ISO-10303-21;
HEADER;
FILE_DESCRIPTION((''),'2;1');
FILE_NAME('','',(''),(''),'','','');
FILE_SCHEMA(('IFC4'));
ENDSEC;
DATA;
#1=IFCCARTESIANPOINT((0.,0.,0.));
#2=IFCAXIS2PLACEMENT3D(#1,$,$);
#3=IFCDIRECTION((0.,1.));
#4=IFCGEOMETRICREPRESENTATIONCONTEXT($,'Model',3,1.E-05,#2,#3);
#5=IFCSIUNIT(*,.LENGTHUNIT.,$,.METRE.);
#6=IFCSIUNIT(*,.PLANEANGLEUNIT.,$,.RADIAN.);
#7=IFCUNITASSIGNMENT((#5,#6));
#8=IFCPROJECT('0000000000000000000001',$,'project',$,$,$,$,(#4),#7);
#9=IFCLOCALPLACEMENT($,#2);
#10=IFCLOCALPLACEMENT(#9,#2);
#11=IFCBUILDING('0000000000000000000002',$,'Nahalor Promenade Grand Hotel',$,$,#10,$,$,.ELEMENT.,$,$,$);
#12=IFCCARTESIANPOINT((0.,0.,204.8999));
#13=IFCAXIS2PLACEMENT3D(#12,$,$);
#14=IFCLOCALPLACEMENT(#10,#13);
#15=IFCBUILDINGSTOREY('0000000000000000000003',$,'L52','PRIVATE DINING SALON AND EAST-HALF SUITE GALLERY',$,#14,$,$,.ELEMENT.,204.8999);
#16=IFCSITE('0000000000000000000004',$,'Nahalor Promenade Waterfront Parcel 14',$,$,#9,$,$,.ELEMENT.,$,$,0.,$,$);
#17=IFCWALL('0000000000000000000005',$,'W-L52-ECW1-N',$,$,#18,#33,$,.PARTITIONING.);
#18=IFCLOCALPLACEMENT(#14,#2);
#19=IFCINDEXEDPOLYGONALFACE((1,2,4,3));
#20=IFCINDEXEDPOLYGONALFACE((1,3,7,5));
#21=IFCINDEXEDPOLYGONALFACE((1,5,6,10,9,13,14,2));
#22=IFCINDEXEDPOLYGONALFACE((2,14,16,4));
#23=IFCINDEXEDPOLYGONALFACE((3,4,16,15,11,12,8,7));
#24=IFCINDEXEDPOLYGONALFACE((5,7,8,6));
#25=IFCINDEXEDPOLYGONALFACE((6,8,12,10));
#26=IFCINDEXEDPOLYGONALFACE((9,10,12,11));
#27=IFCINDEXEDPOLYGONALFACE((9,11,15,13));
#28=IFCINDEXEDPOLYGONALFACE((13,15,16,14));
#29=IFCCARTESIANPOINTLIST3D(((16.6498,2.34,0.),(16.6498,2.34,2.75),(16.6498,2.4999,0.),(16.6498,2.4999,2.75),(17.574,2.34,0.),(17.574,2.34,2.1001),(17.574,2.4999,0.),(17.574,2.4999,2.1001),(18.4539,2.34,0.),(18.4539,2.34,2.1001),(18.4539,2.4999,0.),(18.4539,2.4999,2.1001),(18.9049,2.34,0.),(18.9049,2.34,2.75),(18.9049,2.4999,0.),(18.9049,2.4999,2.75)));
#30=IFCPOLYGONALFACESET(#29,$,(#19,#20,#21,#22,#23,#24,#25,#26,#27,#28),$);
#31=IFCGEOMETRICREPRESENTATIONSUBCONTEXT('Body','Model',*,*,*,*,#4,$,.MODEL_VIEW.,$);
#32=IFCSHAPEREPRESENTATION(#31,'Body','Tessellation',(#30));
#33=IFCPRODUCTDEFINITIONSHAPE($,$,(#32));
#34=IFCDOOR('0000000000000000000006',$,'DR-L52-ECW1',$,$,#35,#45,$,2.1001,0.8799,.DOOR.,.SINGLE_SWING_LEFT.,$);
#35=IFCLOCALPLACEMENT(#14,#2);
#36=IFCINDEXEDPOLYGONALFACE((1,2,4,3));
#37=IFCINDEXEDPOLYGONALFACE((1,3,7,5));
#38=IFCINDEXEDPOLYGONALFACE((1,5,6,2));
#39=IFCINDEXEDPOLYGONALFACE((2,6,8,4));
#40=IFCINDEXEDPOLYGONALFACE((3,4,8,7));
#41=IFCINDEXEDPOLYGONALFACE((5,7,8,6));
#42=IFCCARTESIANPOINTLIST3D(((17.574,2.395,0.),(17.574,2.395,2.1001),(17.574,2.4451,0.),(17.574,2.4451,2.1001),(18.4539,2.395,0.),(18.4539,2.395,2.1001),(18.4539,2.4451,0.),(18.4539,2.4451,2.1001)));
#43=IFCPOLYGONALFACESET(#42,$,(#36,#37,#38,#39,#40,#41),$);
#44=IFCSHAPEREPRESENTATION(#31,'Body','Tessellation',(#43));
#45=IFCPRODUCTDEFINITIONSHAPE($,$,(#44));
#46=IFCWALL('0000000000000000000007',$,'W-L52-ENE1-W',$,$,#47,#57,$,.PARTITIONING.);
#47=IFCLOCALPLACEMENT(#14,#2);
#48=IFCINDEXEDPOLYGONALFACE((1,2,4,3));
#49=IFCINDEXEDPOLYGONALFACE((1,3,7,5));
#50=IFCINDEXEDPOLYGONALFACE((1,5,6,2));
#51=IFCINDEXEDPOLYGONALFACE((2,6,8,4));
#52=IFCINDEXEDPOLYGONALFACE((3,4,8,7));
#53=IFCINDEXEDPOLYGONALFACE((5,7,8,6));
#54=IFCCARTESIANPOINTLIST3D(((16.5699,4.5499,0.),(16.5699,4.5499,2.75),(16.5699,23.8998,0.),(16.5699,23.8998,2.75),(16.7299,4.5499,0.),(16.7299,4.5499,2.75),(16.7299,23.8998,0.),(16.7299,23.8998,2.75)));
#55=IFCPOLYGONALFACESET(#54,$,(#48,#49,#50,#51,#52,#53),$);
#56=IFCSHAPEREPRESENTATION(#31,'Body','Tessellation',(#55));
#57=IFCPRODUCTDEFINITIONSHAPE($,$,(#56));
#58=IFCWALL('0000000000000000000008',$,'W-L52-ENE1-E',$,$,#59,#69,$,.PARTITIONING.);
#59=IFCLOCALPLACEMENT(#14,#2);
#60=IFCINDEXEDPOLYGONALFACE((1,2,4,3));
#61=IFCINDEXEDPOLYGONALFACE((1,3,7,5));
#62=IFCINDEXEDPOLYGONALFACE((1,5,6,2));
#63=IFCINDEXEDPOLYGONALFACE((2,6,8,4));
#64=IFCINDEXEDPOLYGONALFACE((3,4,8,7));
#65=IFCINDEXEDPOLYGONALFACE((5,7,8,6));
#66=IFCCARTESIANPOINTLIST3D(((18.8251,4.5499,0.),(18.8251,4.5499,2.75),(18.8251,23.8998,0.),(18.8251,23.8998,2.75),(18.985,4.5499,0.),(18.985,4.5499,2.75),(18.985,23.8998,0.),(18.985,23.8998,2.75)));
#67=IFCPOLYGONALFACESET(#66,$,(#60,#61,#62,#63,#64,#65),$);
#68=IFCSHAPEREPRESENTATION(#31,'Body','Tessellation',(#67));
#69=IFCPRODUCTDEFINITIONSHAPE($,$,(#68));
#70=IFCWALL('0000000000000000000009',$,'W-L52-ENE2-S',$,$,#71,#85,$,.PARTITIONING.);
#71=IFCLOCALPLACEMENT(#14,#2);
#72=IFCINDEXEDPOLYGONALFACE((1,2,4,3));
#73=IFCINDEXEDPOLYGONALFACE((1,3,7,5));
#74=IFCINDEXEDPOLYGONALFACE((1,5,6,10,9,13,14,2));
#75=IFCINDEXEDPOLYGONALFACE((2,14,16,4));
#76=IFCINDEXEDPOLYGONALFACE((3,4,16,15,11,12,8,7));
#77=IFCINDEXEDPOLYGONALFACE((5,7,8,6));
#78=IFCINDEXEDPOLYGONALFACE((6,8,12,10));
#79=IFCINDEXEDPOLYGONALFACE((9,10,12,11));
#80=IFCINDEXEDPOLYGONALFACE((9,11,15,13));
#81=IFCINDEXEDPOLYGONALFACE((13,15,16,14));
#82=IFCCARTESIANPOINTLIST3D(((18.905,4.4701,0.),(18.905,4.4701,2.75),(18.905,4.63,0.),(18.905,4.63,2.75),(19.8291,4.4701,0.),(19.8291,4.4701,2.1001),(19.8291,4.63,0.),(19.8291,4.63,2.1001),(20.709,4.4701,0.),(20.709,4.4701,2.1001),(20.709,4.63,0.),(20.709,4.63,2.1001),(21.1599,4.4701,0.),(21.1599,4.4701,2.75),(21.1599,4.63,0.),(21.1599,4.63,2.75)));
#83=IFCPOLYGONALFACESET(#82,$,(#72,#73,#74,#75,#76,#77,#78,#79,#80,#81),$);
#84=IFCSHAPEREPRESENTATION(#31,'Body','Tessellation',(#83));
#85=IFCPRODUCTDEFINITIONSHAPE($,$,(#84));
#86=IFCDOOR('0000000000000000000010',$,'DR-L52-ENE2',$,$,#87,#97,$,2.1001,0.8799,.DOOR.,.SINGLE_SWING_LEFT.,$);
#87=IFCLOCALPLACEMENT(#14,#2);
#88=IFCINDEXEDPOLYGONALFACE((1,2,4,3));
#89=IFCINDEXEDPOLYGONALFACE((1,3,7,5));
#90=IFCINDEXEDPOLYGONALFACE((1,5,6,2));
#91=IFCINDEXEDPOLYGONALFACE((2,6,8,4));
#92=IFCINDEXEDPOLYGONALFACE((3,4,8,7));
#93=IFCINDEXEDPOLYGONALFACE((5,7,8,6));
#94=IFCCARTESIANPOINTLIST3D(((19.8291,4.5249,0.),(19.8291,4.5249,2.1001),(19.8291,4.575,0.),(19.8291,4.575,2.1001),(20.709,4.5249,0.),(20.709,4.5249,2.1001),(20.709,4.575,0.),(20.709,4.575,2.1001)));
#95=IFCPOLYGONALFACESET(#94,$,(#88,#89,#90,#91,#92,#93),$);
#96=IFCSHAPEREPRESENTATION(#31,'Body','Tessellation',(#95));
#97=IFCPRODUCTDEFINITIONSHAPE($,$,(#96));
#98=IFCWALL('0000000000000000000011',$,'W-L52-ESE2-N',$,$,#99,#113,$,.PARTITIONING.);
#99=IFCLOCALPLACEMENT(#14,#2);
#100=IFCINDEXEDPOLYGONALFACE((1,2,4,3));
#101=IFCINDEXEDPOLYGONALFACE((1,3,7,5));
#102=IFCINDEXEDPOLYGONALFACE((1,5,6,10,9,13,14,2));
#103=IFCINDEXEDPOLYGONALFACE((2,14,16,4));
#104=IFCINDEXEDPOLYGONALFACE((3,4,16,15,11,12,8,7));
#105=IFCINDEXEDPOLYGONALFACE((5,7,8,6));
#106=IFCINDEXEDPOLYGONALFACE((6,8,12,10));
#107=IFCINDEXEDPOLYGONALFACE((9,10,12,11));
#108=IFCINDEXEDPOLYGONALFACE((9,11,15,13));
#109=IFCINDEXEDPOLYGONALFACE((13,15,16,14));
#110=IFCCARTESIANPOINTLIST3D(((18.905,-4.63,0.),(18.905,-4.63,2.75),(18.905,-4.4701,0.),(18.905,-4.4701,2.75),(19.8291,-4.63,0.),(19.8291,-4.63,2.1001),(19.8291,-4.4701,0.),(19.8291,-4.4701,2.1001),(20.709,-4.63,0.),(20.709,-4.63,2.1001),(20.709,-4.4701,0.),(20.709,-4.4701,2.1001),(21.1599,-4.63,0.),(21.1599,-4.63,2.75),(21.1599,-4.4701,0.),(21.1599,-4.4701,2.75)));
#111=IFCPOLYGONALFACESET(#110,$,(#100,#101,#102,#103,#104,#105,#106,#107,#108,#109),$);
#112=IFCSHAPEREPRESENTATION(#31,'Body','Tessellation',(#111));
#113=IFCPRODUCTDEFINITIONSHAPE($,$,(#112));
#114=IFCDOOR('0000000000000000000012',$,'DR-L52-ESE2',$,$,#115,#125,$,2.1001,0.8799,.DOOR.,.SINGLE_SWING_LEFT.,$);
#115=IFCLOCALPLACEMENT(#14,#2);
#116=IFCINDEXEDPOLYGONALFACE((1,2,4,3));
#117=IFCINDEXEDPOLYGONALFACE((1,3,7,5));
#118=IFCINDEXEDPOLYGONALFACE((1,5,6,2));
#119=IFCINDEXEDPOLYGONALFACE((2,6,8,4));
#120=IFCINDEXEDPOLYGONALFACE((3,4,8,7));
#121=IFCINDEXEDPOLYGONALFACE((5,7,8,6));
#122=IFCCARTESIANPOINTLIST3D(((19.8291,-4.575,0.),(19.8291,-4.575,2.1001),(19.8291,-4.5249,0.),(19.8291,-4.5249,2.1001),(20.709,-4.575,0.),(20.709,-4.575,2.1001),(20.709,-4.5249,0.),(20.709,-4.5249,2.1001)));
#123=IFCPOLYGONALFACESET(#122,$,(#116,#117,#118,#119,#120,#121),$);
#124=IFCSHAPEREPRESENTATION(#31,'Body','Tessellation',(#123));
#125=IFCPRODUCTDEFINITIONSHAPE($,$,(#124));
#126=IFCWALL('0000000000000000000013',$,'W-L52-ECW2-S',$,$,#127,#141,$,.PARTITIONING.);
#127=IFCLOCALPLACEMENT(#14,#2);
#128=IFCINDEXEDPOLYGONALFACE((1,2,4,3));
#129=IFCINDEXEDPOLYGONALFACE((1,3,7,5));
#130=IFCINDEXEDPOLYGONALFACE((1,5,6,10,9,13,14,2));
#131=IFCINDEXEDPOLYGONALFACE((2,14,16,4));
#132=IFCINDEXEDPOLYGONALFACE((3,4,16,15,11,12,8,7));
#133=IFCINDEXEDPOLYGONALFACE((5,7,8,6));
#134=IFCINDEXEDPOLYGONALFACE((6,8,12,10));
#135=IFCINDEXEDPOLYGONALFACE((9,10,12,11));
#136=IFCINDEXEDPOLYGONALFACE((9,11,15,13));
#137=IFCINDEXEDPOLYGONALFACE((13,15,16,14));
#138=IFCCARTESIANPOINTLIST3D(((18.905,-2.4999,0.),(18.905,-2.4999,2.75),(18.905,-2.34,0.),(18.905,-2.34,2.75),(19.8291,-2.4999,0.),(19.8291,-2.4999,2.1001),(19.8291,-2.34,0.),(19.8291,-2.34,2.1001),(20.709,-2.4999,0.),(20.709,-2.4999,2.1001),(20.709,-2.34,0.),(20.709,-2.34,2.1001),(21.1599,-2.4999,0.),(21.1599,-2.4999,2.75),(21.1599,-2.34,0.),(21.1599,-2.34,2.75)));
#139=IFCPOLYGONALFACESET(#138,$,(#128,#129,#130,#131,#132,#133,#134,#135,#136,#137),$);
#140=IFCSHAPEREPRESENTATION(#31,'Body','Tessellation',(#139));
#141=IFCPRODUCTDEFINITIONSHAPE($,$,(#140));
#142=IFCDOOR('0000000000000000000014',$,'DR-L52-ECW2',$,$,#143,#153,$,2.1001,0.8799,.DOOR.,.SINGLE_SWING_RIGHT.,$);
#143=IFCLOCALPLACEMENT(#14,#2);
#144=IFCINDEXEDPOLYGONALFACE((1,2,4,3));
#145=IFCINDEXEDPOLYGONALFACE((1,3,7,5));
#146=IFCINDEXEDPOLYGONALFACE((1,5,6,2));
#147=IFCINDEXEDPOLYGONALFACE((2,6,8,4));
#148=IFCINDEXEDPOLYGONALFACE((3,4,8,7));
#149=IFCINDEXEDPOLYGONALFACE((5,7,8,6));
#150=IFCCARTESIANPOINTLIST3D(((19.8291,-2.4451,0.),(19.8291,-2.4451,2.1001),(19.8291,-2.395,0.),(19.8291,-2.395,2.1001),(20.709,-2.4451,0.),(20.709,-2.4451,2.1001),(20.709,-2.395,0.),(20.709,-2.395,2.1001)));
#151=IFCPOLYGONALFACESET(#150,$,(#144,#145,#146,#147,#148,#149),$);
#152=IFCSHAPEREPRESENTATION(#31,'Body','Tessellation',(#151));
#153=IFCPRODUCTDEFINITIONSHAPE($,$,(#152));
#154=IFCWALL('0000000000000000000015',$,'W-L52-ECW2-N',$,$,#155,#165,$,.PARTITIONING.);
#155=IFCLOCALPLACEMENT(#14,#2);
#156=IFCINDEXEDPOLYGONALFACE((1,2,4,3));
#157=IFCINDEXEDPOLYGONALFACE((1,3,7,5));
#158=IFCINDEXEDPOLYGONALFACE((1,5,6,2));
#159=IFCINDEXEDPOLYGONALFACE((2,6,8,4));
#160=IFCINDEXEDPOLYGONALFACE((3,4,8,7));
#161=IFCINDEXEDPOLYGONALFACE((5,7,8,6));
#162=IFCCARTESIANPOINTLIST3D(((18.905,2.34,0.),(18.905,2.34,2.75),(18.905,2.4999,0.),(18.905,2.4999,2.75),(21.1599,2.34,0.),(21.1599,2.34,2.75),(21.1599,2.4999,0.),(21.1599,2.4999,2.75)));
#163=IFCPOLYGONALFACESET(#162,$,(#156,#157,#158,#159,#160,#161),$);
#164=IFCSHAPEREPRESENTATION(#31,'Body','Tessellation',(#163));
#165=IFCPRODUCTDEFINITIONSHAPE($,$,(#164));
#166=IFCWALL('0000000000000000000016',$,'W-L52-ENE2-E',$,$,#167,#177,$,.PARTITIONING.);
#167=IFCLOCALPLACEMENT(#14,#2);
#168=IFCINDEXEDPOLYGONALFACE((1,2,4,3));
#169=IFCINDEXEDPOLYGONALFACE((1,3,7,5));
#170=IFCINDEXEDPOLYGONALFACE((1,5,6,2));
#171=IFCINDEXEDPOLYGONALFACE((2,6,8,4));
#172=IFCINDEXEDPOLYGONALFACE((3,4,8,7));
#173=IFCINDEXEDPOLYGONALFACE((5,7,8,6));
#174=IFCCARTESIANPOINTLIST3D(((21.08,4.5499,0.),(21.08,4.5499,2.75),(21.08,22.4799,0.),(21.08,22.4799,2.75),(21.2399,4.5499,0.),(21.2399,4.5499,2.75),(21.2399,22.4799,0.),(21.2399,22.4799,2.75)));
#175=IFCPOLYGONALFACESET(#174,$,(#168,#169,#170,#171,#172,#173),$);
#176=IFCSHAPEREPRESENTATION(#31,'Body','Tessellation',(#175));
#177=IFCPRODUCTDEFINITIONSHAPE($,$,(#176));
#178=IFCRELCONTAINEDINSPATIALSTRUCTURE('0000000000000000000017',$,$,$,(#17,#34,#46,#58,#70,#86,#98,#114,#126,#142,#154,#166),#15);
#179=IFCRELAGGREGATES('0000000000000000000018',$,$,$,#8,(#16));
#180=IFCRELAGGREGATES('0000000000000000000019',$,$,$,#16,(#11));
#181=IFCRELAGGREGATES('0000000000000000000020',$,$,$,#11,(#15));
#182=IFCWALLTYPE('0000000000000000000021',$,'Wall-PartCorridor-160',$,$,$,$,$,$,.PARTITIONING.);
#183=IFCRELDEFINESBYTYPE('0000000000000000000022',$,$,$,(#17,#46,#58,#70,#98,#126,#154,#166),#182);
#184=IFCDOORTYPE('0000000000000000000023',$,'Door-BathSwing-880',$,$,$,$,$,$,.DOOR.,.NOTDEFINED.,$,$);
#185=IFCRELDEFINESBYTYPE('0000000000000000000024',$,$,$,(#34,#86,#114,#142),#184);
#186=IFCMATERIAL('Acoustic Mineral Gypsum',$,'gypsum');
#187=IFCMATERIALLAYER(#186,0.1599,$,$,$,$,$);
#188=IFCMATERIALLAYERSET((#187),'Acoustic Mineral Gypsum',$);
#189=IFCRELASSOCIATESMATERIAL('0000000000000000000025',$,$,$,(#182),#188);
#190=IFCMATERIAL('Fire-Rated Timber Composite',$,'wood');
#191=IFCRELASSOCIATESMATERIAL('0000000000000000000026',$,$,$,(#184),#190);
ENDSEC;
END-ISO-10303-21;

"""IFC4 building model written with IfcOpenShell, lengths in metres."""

from ifc_helpers import new_model, si_unit, direction, frame, frame_2d, origin, place, context, subcontext, project, spatial, rectangle, extrude, source, transform, mapped, material, layer, layer_set, type_object, element, fill, save


model = new_model("IFC4")

# Units and contexts
model_context = context("Model", 3, precision=1e-05, world=origin(), true_north=direction((0.0, 1.0)))
body_context = subcontext(model_context, "Body", "Model", "MODEL_VIEW")
ifc_project = project(units=[si_unit("LENGTHUNIT", "METRE"), si_unit("PLANEANGLEUNIT", "RADIAN")], contexts=[model_context])

# Site, building, storey
site_placement = place(None, origin())
site = spatial("IfcSite", under=ifc_project, at=site_placement, Name="Nahalor Promenade Waterfront Parcel 14", CompositionType="ELEMENT", RefElevation=0.0)
building_placement = place(site_placement, origin())
building = spatial("IfcBuilding", under=site, at=building_placement, Name="Nahalor Promenade Grand Hotel", CompositionType="ELEMENT")
storey_placement = place(building_placement, frame((0.0, 0.0, 204.8999)))
storey = spatial("IfcBuildingStorey", under=building, at=storey_placement, Name="L52", Description="PRIVATE DINING SALON AND EAST-HALF SUITE GALLERY", CompositionType="ELEMENT", Elevation=204.8999)

# Wall, opening, door
ifc_material_1 = material(Name="Acoustic Mineral Gypsum", Category="gypsum")
ifc_layer_1 = layer(ifc_material_1, 0.1599)
ifc_layer_set_1 = layer_set([ifc_layer_1], Name="Acoustic Mineral Gypsum")
wall_type = type_object("IfcWallType", Name="Wall-PartCorridor-160", PredefinedType="PARTITIONING", material=ifc_layer_set_1)
shared_shape_1 = source(origin(), body_context, "Body", "SweptSolid", [
    extrude(rectangle(XDim=2.2551, YDim=0.1599, at=frame_2d((1.1274, 0.0))), origin(), (0.0, 0.0, 1.0), 2.75),
])
ifc_material_2 = material(Name="Fire-Rated Timber Composite", Category="wood")
door_type = type_object("IfcDoorType", Name="Door-BathSwing-880", OperationType="NOTDEFINED", PredefinedType="DOOR", material=ifc_material_2)
shared_shape_2 = source(origin(), body_context, "Body", "SweptSolid", [
    extrude(rectangle(XDim=0.8799, YDim=2.1001, at=frame_2d((0.4399, 1.05))), frame((0.0, 0.0249, 0.0), z_axis=(0.0, -1.0, 0.0), x_axis=(1.0, 0.0, 0.0)), (0.0, 0.0, 1.0), 0.05),
])
wall_1_placement = place(storey_placement, frame((16.6499, 2.4199, 0.0), z_axis=(0.0, 0.0, 1.0), x_axis=(1.0, 0.0, 0.0)))
wall_1 = element("IfcWall", 1, at=wall_1_placement, inside=storey, type_object=wall_type, Name="W-L52-ECW1-N", PredefinedType="PARTITIONING", context=body_context, shape_type="MappedRepresentation", body=[
    mapped(shared_shape_1, transform((0.0, 0.0, 0.0), scale=1.0)),
])
opening_1_placement = place(wall_1_placement, frame((0.9241, 0.0, 0.0)))
opening_1 = element("IfcOpeningElement", 2, at=opening_1_placement, cuts=wall_1, PredefinedType="OPENING", context=body_context, shape_type="SweptSolid", body=[
    extrude(rectangle(XDim=0.8799, YDim=2.1001, at=frame_2d((0.4399, 1.05))), frame((0.0, 0.0898, 0.0), z_axis=(0.0, -1.0, 0.0), x_axis=(1.0, 0.0, 0.0)), (0.0, 0.0, 1.0), 0.1799),
])
door_1_placement = place(opening_1_placement, frame((0.8799, 0.0, 0.0), z_axis=(0.0, 0.0, 1.0), x_axis=(-1.0, 0.0, 0.0)))
door_1 = element("IfcDoor", 3, at=door_1_placement, inside=storey, type_object=door_type, Name="DR-L52-ECW1", OperationType="SINGLE_SWING_LEFT", OverallHeight=2.1001, OverallWidth=0.8799, PredefinedType="DOOR", context=body_context, shape_type="MappedRepresentation", body=[
    mapped(shared_shape_2, transform((0.0, 0.0, 0.0), scale=1.0)),
])
fill(opening_1, door_1)

# Walls
shared_shape_3 = source(origin(), body_context, "Body", "SweptSolid", [
    extrude(rectangle(XDim=19.3499, YDim=0.1599, at=frame_2d((9.6748, 0.0))), origin(), (0.0, 0.0, 1.0), 2.75),
])
for number, where, z_axis, x_axis, name in (
    (4, (16.6499, 4.55, 0.0), (0.0, 0.0, 1.0), (0.0, 1.0, 0.0), "W-L52-ENE1-W"),
    (5, (18.905, 4.55, 0.0), (0.0, 0.0, 1.0), (0.0, 1.0, 0.0), "W-L52-ENE1-E"),
):
    element("IfcWall", number, at=place(storey_placement, frame(where, z_axis=z_axis, x_axis=x_axis)), inside=storey, type_object=wall_type, Name=name, PredefinedType="PARTITIONING", context=body_context, shape_type="MappedRepresentation", body=[
        mapped(shared_shape_3, transform((0.0, 0.0, 0.0), scale=1.0)),
    ])

# Walls, openings, doors
shared_shape_4 = source(origin(), body_context, "Body", "SweptSolid", [
    extrude(rectangle(XDim=2.2549, YDim=0.1599, at=frame_2d((1.1274, 0.0))), origin(), (0.0, 0.0, 1.0), 2.75),
])
wall_2_placement = place(storey_placement, frame((18.905, 4.55, 0.0), z_axis=(0.0, 0.0, 1.0), x_axis=(1.0, 0.0, 0.0)))
wall_2 = element("IfcWall", 6, at=wall_2_placement, inside=storey, type_object=wall_type, Name="W-L52-ENE2-S", PredefinedType="PARTITIONING", context=body_context, shape_type="MappedRepresentation", body=[
    mapped(shared_shape_4, transform((0.0, 0.0, 0.0), scale=1.0)),
])
opening_2_placement = place(wall_2_placement, frame((0.9241, 0.0, 0.0)))
opening_2 = element("IfcOpeningElement", 7, at=opening_2_placement, cuts=wall_2, PredefinedType="OPENING", context=body_context, shape_type="SweptSolid", body=[
    extrude(rectangle(XDim=0.8799, YDim=2.1001, at=frame_2d((0.4399, 1.05))), frame((0.0, 0.0898, 0.0), z_axis=(0.0, -1.0, 0.0), x_axis=(1.0, 0.0, 0.0)), (0.0, 0.0, 1.0), 0.1799),
])
door_2_placement = place(opening_2_placement, origin())
door_2 = element("IfcDoor", 8, at=door_2_placement, inside=storey, type_object=door_type, Name="DR-L52-ENE2", OperationType="SINGLE_SWING_LEFT", OverallHeight=2.1001, OverallWidth=0.8799, PredefinedType="DOOR", context=body_context, shape_type="MappedRepresentation", body=[
    mapped(shared_shape_2, transform((0.0, 0.0, 0.0), scale=1.0)),
])
fill(opening_2, door_2)
wall_3_placement = place(storey_placement, frame((18.905, -4.55, 0.0), z_axis=(0.0, 0.0, 1.0), x_axis=(1.0, 0.0, 0.0)))
wall_3 = element("IfcWall", 9, at=wall_3_placement, inside=storey, type_object=wall_type, Name="W-L52-ESE2-N", PredefinedType="PARTITIONING", context=body_context, shape_type="MappedRepresentation", body=[
    mapped(shared_shape_4, transform((0.0, 0.0, 0.0), scale=1.0)),
])
opening_3_placement = place(wall_3_placement, frame((0.9241, 0.0, 0.0)))
opening_3 = element("IfcOpeningElement", 10, at=opening_3_placement, cuts=wall_3, PredefinedType="OPENING", context=body_context, shape_type="SweptSolid", body=[
    extrude(rectangle(XDim=0.8799, YDim=2.1001, at=frame_2d((0.4399, 1.05))), frame((0.0, 0.0898, 0.0), z_axis=(0.0, -1.0, 0.0), x_axis=(1.0, 0.0, 0.0)), (0.0, 0.0, 1.0), 0.1799),
])
door_3_placement = place(opening_3_placement, frame((0.8799, 0.0, 0.0), z_axis=(0.0, 0.0, 1.0), x_axis=(-1.0, 0.0, 0.0)))
door_3 = element("IfcDoor", 11, at=door_3_placement, inside=storey, type_object=door_type, Name="DR-L52-ESE2", OperationType="SINGLE_SWING_LEFT", OverallHeight=2.1001, OverallWidth=0.8799, PredefinedType="DOOR", context=body_context, shape_type="MappedRepresentation", body=[
    mapped(shared_shape_2, transform((0.0, 0.0, 0.0), scale=1.0)),
])
fill(opening_3, door_3)
wall_4_placement = place(storey_placement, frame((18.905, -2.4199, 0.0), z_axis=(0.0, 0.0, 1.0), x_axis=(1.0, 0.0, 0.0)))
wall_4 = element("IfcWall", 12, at=wall_4_placement, inside=storey, type_object=wall_type, Name="W-L52-ECW2-S", PredefinedType="PARTITIONING", context=body_context, shape_type="MappedRepresentation", body=[
    mapped(shared_shape_4, transform((0.0, 0.0, 0.0), scale=1.0)),
])
opening_4_placement = place(wall_4_placement, frame((0.9241, 0.0, 0.0)))
opening_4 = element("IfcOpeningElement", 13, at=opening_4_placement, cuts=wall_4, PredefinedType="OPENING", context=body_context, shape_type="SweptSolid", body=[
    extrude(rectangle(XDim=0.8799, YDim=2.1001, at=frame_2d((0.4399, 1.05))), frame((0.0, 0.0898, 0.0), z_axis=(0.0, -1.0, 0.0), x_axis=(1.0, 0.0, 0.0)), (0.0, 0.0, 1.0), 0.1799),
])
door_4_placement = place(opening_4_placement, origin())
door_4 = element("IfcDoor", 14, at=door_4_placement, inside=storey, type_object=door_type, Name="DR-L52-ECW2", OperationType="SINGLE_SWING_RIGHT", OverallHeight=2.1001, OverallWidth=0.8799, PredefinedType="DOOR", context=body_context, shape_type="MappedRepresentation", body=[
    mapped(shared_shape_2, transform((0.0, 0.0, 0.0), scale=1.0)),
])
fill(opening_4, door_4)

# Walls
wall_5_placement = place(storey_placement, frame((18.905, 2.4199, 0.0), z_axis=(0.0, 0.0, 1.0), x_axis=(1.0, 0.0, 0.0)))
element("IfcWall", 15, at=wall_5_placement, inside=storey, type_object=wall_type, Name="W-L52-ECW2-N", PredefinedType="PARTITIONING", context=body_context, shape_type="MappedRepresentation", body=[
    mapped(shared_shape_4, transform((0.0, 0.0, 0.0), scale=1.0)),
])
shared_shape_5 = source(origin(), body_context, "Body", "SweptSolid", [
    extrude(rectangle(XDim=17.9299, YDim=0.1599, at=frame_2d((8.9648, 0.0))), origin(), (0.0, 0.0, 1.0), 2.75),
])
wall_6_placement = place(storey_placement, frame((21.1599, 4.55, 0.0), z_axis=(0.0, 0.0, 1.0), x_axis=(0.0, 1.0, 0.0)))
element("IfcWall", 16, at=wall_6_placement, inside=storey, type_object=wall_type, Name="W-L52-ENE2-E", PredefinedType="PARTITIONING", context=body_context, shape_type="MappedRepresentation", body=[
    mapped(shared_shape_5, transform((0.0, 0.0, 0.0), scale=1.0)),
])

save(model, "model.ifc")
